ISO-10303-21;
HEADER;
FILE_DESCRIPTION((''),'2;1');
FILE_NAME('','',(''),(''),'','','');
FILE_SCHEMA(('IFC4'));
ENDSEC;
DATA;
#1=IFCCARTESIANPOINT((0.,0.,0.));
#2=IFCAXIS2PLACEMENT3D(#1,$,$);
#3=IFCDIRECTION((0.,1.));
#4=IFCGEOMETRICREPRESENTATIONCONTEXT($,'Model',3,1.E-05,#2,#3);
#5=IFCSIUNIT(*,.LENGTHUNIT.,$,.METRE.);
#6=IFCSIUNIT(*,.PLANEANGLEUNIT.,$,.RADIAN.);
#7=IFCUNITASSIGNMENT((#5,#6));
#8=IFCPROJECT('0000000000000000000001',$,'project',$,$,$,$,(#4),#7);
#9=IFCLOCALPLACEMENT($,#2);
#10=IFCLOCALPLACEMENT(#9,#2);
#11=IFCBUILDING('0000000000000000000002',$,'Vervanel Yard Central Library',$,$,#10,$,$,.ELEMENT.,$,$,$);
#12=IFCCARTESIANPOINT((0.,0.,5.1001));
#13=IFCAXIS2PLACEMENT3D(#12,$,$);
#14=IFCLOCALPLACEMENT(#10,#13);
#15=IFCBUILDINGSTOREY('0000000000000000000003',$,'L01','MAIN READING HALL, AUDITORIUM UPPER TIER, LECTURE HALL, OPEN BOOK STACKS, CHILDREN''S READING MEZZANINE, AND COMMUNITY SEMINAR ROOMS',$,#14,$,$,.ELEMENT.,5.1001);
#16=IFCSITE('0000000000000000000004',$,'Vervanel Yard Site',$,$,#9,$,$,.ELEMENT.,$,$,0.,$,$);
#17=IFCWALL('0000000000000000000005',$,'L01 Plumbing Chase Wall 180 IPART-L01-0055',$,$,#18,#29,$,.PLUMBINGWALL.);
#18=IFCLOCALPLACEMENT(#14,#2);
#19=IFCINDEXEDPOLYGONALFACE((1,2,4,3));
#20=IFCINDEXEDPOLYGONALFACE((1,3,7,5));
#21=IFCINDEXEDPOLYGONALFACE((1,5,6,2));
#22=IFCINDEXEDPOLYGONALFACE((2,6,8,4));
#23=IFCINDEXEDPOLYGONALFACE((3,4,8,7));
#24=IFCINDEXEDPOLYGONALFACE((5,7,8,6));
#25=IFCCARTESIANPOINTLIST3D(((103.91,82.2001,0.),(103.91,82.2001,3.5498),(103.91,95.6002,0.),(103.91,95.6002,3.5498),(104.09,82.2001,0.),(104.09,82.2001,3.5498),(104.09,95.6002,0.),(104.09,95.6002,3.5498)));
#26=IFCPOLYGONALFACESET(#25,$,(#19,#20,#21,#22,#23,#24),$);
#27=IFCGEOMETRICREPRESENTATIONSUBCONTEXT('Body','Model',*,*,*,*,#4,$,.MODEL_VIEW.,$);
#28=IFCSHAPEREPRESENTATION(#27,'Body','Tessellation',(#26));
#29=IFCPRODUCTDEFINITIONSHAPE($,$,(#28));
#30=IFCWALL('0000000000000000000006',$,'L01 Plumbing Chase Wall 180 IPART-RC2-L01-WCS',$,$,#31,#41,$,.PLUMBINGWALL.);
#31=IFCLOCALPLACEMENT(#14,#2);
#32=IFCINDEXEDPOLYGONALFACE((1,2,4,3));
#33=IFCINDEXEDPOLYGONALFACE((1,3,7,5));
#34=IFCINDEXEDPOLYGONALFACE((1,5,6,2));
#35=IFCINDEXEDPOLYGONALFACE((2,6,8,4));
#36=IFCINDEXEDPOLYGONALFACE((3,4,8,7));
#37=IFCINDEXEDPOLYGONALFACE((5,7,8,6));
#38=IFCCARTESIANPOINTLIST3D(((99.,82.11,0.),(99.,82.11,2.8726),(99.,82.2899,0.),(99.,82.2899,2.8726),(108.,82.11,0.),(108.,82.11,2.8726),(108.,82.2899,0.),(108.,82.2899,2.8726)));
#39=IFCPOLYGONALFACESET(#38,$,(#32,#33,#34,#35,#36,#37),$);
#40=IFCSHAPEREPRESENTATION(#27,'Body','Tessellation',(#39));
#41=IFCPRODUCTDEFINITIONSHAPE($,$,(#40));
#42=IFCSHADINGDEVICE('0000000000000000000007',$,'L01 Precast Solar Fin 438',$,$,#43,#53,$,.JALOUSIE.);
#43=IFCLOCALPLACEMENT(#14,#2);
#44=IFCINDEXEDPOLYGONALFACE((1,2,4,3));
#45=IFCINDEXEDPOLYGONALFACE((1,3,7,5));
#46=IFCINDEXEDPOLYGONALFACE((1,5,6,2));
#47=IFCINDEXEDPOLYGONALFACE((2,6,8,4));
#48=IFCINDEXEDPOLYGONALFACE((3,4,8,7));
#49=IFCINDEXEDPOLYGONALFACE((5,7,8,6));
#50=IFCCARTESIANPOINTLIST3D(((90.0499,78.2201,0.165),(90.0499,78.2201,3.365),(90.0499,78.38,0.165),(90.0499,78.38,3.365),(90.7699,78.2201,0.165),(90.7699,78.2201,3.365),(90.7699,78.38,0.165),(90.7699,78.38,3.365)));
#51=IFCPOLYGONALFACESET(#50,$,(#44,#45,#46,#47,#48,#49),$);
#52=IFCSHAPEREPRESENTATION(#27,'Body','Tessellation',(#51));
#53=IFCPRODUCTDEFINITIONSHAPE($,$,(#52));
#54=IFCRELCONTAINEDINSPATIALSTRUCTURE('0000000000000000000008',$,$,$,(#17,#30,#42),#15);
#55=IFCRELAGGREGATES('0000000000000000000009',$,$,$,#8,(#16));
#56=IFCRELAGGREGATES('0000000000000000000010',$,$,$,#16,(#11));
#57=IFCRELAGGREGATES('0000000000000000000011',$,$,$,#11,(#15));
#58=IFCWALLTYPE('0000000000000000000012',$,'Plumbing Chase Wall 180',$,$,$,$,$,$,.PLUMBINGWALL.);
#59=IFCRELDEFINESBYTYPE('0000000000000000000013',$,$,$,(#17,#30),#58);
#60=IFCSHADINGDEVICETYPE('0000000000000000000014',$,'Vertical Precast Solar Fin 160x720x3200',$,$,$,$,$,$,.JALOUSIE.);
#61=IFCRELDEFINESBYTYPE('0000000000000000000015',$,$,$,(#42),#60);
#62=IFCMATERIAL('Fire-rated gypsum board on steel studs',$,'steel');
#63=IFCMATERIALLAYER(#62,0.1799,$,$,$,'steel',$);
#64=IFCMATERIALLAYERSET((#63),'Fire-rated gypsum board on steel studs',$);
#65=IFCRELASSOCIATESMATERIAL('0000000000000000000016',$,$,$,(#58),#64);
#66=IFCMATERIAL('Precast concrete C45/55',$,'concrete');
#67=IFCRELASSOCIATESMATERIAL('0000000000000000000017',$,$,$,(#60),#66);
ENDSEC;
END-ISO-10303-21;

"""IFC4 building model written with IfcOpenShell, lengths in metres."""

from ifc_helpers import new_model, si_unit, direction, frame, frame_2d, origin, origin_2d, place, context, subcontext, project, spatial, rectangle, extrude, material, layer, layer_set, type_object, element, save


model = new_model("IFC4")

# Units and contexts
model_context = context("Model", 3, precision=1e-05, world=origin(), true_north=direction((0.0, 1.0)))
body_context = subcontext(model_context, "Body", "Model", "MODEL_VIEW")
ifc_project = project(units=[si_unit("LENGTHUNIT", "METRE"), si_unit("PLANEANGLEUNIT", "RADIAN")], contexts=[model_context])

# Site, building, storey
site_placement = place(None, origin())
site = spatial("IfcSite", under=ifc_project, at=site_placement, Name="Vervanel Yard Site", CompositionType="ELEMENT", RefElevation=0.0)
building_placement = place(site_placement, origin())
building = spatial("IfcBuilding", under=site, at=building_placement, Name="Vervanel Yard Central Library", CompositionType="ELEMENT")
storey_placement = place(building_placement, frame((0.0, 0.0, 5.1001)))
storey = spatial("IfcBuildingStorey", under=building, at=storey_placement, Name="L01", Description="MAIN READING HALL, AUDITORIUM UPPER TIER, LECTURE HALL, OPEN BOOK STACKS, CHILDREN'S READING MEZZANINE, AND COMMUNITY SEMINAR ROOMS", CompositionType="ELEMENT", Elevation=5.1001)

# Shared definitions
ifc_material_1 = material(Name="Precast concrete C45/55", Category="concrete")

# Walls
ifc_material_2 = material(Name="Fire-rated gypsum board on steel studs", Category="steel")
ifc_layer_1 = layer(ifc_material_2, 0.1799, Category="steel")
ifc_layer_set_1 = layer_set([ifc_layer_1], Name="Fire-rated gypsum board on steel studs")
wall_type_1 = type_object("IfcWallType", Name="Plumbing Chase Wall 180", PredefinedType="PLUMBINGWALL", material=ifc_layer_set_1)
for number, where, z_axis, x_axis, name in (
    (1, (104.0, 82.2, 0.0), (0.0, 0.0, 1.0), (0.0, 1.0, 0.0), "L01 Plumbing Chase Wall 180 IPART-L01-0055"),
):
    element("IfcWall", number, at=place(storey_placement, frame(where, z_axis=z_axis, x_axis=x_axis)), inside=storey, type_object=wall_type_1, Name=name, PredefinedType="PLUMBINGWALL", context=body_context, shape_type="SweptSolid", body=[
        extrude(rectangle(XDim=13.4001, YDim=0.1799, at=frame_2d((6.7002, 0.0))), origin(), (0.0, 0.0, 1.0), 3.5498),
    ])
wall_1_placement = place(storey_placement, frame((99.0, 82.2, 0.0), z_axis=(0.0, 0.0, 1.0), x_axis=(1.0, 0.0, 0.0)))
element("IfcWall", 2, at=wall_1_placement, inside=storey, type_object=wall_type_1, Name="L01 Plumbing Chase Wall 180 IPART-RC2-L01-WCS", PredefinedType="PLUMBINGWALL", context=body_context, shape_type="SweptSolid", body=[
    extrude(rectangle(XDim=9.0, YDim=0.1799, at=frame_2d((4.5, 0.0))), origin(), (0.0, 0.0, 1.0), 2.8726),
])

# Shading device
shading_device_type = type_object("IfcShadingDeviceType", Name="Vertical Precast Solar Fin 160x720x3200", PredefinedType="JALOUSIE", material=ifc_material_1)
shading_device_placement = place(storey_placement, frame((90.4099, 78.3, 0.165), z_axis=(0.0, 0.0, 1.0), x_axis=(0.0, 1.0, 0.0)))
element("IfcShadingDevice", 3, at=shading_device_placement, inside=storey, type_object=shading_device_type, Name="L01 Precast Solar Fin 438", PredefinedType="JALOUSIE", context=body_context, shape_type="SweptSolid", body=[
    extrude(rectangle(XDim=0.1599, YDim=0.72, at=origin_2d()), origin(), (0.0, 0.0, 1.0), 3.2),
])

save(model, "model.ifc")
